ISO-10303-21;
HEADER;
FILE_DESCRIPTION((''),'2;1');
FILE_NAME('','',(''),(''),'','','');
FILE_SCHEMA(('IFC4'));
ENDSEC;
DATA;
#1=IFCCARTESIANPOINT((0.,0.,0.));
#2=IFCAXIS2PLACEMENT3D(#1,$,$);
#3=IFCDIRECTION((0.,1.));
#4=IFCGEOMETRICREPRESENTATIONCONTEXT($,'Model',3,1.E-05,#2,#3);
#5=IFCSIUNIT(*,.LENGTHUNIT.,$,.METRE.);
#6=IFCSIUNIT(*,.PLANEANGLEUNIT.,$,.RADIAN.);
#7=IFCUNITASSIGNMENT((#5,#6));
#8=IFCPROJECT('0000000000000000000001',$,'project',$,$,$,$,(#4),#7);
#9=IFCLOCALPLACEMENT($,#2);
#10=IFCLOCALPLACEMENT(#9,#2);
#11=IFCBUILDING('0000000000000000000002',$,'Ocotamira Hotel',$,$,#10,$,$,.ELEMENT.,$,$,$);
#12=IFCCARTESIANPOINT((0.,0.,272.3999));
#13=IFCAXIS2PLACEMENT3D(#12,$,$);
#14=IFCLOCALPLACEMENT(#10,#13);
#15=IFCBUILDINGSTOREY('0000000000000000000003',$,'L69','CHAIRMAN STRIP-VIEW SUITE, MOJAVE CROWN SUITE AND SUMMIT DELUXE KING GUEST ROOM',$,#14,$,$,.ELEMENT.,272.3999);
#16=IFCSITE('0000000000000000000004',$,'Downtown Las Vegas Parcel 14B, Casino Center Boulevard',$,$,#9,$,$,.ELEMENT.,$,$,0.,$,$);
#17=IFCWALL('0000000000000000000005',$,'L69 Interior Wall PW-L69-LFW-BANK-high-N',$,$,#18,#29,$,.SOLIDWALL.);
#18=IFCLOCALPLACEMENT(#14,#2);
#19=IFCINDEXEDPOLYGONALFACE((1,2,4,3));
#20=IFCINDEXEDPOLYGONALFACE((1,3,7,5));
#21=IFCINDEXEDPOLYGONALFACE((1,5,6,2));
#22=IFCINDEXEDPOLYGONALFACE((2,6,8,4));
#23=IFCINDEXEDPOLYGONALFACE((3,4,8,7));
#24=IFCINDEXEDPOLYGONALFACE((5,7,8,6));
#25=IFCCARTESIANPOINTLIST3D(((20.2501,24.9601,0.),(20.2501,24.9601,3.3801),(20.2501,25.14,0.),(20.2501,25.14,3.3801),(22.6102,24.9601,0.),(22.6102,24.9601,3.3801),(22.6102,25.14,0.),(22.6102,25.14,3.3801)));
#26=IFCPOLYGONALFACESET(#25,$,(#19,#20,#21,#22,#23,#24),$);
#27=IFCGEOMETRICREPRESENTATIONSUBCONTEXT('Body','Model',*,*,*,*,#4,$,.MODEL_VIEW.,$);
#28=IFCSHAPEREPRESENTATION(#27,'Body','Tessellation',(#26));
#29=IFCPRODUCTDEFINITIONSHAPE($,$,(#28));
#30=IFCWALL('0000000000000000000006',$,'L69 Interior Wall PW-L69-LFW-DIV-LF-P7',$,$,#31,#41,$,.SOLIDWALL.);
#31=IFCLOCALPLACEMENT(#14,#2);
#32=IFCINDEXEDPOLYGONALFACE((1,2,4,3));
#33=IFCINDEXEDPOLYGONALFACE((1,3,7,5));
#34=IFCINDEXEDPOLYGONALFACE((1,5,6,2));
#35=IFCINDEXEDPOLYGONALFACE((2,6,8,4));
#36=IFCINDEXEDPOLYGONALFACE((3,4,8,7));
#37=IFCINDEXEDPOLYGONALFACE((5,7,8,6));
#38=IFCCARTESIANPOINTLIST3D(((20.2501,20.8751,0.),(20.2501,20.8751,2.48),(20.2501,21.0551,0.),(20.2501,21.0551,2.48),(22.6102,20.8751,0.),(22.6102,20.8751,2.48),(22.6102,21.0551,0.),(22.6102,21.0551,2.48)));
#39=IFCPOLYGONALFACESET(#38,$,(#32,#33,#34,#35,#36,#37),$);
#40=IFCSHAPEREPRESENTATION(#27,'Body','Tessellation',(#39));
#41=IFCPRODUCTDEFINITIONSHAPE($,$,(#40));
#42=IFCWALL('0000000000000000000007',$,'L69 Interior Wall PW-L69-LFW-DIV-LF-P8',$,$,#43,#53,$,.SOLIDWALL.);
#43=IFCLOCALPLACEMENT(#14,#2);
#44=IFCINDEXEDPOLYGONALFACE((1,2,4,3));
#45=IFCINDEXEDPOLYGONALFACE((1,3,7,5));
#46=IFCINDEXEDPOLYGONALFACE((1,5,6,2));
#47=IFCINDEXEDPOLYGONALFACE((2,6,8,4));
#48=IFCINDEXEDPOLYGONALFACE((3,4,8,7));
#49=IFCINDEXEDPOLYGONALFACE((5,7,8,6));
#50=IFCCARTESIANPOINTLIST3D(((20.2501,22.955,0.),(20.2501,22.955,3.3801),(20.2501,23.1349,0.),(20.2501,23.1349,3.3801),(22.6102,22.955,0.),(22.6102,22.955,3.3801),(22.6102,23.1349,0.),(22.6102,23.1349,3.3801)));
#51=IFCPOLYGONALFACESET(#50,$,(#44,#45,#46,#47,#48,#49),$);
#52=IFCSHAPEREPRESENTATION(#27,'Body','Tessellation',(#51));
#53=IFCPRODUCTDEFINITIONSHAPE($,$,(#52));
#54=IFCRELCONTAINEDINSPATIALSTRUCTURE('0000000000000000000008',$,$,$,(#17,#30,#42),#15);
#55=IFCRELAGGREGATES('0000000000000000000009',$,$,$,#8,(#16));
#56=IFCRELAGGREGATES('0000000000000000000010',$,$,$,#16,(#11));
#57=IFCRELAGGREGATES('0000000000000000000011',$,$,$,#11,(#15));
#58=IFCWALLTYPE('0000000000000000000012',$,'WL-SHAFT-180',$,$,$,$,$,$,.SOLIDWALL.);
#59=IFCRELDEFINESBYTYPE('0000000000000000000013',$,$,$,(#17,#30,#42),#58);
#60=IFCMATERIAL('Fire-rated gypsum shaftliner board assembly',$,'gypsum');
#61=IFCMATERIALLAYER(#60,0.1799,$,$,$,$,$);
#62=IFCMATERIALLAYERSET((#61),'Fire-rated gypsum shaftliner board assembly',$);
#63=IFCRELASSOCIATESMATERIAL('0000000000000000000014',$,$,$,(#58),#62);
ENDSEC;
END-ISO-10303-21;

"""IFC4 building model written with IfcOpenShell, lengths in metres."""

from ifc_helpers import new_model, si_unit, direction, frame, frame_2d, origin, place, context, subcontext, project, spatial, rectangle, extrude, material, layer, layer_set, type_object, element, save


model = new_model("IFC4")

# Units and contexts
model_context = context("Model", 3, precision=1e-05, world=origin(), true_north=direction((0.0, 1.0)))
body_context = subcontext(model_context, "Body", "Model", "MODEL_VIEW")
ifc_project = project(units=[si_unit("LENGTHUNIT", "METRE"), si_unit("PLANEANGLEUNIT", "RADIAN")], contexts=[model_context])

# Site, building, storey
site_placement = place(None, origin())
site = spatial("IfcSite", under=ifc_project, at=site_placement, Name="Downtown Las Vegas Parcel 14B, Casino Center Boulevard", CompositionType="ELEMENT", RefElevation=0.0)
building_placement = place(site_placement, origin())
building = spatial("IfcBuilding", under=site, at=building_placement, Name="Ocotamira Hotel", CompositionType="ELEMENT")
storey_placement = place(building_placement, frame((0.0, 0.0, 272.3999)))
storey = spatial("IfcBuildingStorey", under=building, at=storey_placement, Name="L69", Description="CHAIRMAN STRIP-VIEW SUITE, MOJAVE CROWN SUITE AND SUMMIT DELUXE KING GUEST ROOM", CompositionType="ELEMENT", Elevation=272.3999)

# Shared definitions
ifc_material_1 = material(Name="Fire-rated gypsum shaftliner board assembly", Category="gypsum")
ifc_layer_1 = layer(ifc_material_1, 0.1799)
ifc_layer_set_1 = layer_set([ifc_layer_1], Name="Fire-rated gypsum shaftliner board assembly")
wall_type_1 = type_object("IfcWallType", Name="WL-SHAFT-180", PredefinedType="SOLIDWALL", material=ifc_layer_set_1)

# Walls
wall_1_placement = place(storey_placement, frame((20.25, 25.05, 0.0), z_axis=(0.0, 0.0, 1.0), x_axis=(1.0, 0.0, 0.0)))
element("IfcWall", 1, at=wall_1_placement, inside=storey, type_object=wall_type_1, Name="L69 Interior Wall PW-L69-LFW-BANK-high-N", PredefinedType="SOLIDWALL", context=body_context, shape_type="SweptSolid", body=[
    extrude(rectangle(XDim=2.3601, YDim=0.1799, at=frame_2d((1.1802, 0.0))), origin(), (0.0, 0.0, 1.0), 3.3801),
])
wall_2_placement = place(storey_placement, frame((20.25, 20.9651, 0.0), z_axis=(0.0, 0.0, 1.0), x_axis=(1.0, 0.0, 0.0)))
element("IfcWall", 2, at=wall_2_placement, inside=storey, type_object=wall_type_1, Name="L69 Interior Wall PW-L69-LFW-DIV-LF-P7", PredefinedType="SOLIDWALL", context=body_context, shape_type="SweptSolid", body=[
    extrude(rectangle(XDim=2.3601, YDim=0.1799, at=frame_2d((1.1802, 0.0))), origin(), (0.0, 0.0, 1.0), 2.48),
])
wall_3_placement = place(storey_placement, frame((20.25, 23.0449, 0.0), z_axis=(0.0, 0.0, 1.0), x_axis=(1.0, 0.0, 0.0)))
element("IfcWall", 3, at=wall_3_placement, inside=storey, type_object=wall_type_1, Name="L69 Interior Wall PW-L69-LFW-DIV-LF-P8", PredefinedType="SOLIDWALL", context=body_context, shape_type="SweptSolid", body=[
    extrude(rectangle(XDim=2.3601, YDim=0.1799, at=frame_2d((1.1802, 0.0))), origin(), (0.0, 0.0, 1.0), 3.3801),
])

save(model, "model.ifc")
